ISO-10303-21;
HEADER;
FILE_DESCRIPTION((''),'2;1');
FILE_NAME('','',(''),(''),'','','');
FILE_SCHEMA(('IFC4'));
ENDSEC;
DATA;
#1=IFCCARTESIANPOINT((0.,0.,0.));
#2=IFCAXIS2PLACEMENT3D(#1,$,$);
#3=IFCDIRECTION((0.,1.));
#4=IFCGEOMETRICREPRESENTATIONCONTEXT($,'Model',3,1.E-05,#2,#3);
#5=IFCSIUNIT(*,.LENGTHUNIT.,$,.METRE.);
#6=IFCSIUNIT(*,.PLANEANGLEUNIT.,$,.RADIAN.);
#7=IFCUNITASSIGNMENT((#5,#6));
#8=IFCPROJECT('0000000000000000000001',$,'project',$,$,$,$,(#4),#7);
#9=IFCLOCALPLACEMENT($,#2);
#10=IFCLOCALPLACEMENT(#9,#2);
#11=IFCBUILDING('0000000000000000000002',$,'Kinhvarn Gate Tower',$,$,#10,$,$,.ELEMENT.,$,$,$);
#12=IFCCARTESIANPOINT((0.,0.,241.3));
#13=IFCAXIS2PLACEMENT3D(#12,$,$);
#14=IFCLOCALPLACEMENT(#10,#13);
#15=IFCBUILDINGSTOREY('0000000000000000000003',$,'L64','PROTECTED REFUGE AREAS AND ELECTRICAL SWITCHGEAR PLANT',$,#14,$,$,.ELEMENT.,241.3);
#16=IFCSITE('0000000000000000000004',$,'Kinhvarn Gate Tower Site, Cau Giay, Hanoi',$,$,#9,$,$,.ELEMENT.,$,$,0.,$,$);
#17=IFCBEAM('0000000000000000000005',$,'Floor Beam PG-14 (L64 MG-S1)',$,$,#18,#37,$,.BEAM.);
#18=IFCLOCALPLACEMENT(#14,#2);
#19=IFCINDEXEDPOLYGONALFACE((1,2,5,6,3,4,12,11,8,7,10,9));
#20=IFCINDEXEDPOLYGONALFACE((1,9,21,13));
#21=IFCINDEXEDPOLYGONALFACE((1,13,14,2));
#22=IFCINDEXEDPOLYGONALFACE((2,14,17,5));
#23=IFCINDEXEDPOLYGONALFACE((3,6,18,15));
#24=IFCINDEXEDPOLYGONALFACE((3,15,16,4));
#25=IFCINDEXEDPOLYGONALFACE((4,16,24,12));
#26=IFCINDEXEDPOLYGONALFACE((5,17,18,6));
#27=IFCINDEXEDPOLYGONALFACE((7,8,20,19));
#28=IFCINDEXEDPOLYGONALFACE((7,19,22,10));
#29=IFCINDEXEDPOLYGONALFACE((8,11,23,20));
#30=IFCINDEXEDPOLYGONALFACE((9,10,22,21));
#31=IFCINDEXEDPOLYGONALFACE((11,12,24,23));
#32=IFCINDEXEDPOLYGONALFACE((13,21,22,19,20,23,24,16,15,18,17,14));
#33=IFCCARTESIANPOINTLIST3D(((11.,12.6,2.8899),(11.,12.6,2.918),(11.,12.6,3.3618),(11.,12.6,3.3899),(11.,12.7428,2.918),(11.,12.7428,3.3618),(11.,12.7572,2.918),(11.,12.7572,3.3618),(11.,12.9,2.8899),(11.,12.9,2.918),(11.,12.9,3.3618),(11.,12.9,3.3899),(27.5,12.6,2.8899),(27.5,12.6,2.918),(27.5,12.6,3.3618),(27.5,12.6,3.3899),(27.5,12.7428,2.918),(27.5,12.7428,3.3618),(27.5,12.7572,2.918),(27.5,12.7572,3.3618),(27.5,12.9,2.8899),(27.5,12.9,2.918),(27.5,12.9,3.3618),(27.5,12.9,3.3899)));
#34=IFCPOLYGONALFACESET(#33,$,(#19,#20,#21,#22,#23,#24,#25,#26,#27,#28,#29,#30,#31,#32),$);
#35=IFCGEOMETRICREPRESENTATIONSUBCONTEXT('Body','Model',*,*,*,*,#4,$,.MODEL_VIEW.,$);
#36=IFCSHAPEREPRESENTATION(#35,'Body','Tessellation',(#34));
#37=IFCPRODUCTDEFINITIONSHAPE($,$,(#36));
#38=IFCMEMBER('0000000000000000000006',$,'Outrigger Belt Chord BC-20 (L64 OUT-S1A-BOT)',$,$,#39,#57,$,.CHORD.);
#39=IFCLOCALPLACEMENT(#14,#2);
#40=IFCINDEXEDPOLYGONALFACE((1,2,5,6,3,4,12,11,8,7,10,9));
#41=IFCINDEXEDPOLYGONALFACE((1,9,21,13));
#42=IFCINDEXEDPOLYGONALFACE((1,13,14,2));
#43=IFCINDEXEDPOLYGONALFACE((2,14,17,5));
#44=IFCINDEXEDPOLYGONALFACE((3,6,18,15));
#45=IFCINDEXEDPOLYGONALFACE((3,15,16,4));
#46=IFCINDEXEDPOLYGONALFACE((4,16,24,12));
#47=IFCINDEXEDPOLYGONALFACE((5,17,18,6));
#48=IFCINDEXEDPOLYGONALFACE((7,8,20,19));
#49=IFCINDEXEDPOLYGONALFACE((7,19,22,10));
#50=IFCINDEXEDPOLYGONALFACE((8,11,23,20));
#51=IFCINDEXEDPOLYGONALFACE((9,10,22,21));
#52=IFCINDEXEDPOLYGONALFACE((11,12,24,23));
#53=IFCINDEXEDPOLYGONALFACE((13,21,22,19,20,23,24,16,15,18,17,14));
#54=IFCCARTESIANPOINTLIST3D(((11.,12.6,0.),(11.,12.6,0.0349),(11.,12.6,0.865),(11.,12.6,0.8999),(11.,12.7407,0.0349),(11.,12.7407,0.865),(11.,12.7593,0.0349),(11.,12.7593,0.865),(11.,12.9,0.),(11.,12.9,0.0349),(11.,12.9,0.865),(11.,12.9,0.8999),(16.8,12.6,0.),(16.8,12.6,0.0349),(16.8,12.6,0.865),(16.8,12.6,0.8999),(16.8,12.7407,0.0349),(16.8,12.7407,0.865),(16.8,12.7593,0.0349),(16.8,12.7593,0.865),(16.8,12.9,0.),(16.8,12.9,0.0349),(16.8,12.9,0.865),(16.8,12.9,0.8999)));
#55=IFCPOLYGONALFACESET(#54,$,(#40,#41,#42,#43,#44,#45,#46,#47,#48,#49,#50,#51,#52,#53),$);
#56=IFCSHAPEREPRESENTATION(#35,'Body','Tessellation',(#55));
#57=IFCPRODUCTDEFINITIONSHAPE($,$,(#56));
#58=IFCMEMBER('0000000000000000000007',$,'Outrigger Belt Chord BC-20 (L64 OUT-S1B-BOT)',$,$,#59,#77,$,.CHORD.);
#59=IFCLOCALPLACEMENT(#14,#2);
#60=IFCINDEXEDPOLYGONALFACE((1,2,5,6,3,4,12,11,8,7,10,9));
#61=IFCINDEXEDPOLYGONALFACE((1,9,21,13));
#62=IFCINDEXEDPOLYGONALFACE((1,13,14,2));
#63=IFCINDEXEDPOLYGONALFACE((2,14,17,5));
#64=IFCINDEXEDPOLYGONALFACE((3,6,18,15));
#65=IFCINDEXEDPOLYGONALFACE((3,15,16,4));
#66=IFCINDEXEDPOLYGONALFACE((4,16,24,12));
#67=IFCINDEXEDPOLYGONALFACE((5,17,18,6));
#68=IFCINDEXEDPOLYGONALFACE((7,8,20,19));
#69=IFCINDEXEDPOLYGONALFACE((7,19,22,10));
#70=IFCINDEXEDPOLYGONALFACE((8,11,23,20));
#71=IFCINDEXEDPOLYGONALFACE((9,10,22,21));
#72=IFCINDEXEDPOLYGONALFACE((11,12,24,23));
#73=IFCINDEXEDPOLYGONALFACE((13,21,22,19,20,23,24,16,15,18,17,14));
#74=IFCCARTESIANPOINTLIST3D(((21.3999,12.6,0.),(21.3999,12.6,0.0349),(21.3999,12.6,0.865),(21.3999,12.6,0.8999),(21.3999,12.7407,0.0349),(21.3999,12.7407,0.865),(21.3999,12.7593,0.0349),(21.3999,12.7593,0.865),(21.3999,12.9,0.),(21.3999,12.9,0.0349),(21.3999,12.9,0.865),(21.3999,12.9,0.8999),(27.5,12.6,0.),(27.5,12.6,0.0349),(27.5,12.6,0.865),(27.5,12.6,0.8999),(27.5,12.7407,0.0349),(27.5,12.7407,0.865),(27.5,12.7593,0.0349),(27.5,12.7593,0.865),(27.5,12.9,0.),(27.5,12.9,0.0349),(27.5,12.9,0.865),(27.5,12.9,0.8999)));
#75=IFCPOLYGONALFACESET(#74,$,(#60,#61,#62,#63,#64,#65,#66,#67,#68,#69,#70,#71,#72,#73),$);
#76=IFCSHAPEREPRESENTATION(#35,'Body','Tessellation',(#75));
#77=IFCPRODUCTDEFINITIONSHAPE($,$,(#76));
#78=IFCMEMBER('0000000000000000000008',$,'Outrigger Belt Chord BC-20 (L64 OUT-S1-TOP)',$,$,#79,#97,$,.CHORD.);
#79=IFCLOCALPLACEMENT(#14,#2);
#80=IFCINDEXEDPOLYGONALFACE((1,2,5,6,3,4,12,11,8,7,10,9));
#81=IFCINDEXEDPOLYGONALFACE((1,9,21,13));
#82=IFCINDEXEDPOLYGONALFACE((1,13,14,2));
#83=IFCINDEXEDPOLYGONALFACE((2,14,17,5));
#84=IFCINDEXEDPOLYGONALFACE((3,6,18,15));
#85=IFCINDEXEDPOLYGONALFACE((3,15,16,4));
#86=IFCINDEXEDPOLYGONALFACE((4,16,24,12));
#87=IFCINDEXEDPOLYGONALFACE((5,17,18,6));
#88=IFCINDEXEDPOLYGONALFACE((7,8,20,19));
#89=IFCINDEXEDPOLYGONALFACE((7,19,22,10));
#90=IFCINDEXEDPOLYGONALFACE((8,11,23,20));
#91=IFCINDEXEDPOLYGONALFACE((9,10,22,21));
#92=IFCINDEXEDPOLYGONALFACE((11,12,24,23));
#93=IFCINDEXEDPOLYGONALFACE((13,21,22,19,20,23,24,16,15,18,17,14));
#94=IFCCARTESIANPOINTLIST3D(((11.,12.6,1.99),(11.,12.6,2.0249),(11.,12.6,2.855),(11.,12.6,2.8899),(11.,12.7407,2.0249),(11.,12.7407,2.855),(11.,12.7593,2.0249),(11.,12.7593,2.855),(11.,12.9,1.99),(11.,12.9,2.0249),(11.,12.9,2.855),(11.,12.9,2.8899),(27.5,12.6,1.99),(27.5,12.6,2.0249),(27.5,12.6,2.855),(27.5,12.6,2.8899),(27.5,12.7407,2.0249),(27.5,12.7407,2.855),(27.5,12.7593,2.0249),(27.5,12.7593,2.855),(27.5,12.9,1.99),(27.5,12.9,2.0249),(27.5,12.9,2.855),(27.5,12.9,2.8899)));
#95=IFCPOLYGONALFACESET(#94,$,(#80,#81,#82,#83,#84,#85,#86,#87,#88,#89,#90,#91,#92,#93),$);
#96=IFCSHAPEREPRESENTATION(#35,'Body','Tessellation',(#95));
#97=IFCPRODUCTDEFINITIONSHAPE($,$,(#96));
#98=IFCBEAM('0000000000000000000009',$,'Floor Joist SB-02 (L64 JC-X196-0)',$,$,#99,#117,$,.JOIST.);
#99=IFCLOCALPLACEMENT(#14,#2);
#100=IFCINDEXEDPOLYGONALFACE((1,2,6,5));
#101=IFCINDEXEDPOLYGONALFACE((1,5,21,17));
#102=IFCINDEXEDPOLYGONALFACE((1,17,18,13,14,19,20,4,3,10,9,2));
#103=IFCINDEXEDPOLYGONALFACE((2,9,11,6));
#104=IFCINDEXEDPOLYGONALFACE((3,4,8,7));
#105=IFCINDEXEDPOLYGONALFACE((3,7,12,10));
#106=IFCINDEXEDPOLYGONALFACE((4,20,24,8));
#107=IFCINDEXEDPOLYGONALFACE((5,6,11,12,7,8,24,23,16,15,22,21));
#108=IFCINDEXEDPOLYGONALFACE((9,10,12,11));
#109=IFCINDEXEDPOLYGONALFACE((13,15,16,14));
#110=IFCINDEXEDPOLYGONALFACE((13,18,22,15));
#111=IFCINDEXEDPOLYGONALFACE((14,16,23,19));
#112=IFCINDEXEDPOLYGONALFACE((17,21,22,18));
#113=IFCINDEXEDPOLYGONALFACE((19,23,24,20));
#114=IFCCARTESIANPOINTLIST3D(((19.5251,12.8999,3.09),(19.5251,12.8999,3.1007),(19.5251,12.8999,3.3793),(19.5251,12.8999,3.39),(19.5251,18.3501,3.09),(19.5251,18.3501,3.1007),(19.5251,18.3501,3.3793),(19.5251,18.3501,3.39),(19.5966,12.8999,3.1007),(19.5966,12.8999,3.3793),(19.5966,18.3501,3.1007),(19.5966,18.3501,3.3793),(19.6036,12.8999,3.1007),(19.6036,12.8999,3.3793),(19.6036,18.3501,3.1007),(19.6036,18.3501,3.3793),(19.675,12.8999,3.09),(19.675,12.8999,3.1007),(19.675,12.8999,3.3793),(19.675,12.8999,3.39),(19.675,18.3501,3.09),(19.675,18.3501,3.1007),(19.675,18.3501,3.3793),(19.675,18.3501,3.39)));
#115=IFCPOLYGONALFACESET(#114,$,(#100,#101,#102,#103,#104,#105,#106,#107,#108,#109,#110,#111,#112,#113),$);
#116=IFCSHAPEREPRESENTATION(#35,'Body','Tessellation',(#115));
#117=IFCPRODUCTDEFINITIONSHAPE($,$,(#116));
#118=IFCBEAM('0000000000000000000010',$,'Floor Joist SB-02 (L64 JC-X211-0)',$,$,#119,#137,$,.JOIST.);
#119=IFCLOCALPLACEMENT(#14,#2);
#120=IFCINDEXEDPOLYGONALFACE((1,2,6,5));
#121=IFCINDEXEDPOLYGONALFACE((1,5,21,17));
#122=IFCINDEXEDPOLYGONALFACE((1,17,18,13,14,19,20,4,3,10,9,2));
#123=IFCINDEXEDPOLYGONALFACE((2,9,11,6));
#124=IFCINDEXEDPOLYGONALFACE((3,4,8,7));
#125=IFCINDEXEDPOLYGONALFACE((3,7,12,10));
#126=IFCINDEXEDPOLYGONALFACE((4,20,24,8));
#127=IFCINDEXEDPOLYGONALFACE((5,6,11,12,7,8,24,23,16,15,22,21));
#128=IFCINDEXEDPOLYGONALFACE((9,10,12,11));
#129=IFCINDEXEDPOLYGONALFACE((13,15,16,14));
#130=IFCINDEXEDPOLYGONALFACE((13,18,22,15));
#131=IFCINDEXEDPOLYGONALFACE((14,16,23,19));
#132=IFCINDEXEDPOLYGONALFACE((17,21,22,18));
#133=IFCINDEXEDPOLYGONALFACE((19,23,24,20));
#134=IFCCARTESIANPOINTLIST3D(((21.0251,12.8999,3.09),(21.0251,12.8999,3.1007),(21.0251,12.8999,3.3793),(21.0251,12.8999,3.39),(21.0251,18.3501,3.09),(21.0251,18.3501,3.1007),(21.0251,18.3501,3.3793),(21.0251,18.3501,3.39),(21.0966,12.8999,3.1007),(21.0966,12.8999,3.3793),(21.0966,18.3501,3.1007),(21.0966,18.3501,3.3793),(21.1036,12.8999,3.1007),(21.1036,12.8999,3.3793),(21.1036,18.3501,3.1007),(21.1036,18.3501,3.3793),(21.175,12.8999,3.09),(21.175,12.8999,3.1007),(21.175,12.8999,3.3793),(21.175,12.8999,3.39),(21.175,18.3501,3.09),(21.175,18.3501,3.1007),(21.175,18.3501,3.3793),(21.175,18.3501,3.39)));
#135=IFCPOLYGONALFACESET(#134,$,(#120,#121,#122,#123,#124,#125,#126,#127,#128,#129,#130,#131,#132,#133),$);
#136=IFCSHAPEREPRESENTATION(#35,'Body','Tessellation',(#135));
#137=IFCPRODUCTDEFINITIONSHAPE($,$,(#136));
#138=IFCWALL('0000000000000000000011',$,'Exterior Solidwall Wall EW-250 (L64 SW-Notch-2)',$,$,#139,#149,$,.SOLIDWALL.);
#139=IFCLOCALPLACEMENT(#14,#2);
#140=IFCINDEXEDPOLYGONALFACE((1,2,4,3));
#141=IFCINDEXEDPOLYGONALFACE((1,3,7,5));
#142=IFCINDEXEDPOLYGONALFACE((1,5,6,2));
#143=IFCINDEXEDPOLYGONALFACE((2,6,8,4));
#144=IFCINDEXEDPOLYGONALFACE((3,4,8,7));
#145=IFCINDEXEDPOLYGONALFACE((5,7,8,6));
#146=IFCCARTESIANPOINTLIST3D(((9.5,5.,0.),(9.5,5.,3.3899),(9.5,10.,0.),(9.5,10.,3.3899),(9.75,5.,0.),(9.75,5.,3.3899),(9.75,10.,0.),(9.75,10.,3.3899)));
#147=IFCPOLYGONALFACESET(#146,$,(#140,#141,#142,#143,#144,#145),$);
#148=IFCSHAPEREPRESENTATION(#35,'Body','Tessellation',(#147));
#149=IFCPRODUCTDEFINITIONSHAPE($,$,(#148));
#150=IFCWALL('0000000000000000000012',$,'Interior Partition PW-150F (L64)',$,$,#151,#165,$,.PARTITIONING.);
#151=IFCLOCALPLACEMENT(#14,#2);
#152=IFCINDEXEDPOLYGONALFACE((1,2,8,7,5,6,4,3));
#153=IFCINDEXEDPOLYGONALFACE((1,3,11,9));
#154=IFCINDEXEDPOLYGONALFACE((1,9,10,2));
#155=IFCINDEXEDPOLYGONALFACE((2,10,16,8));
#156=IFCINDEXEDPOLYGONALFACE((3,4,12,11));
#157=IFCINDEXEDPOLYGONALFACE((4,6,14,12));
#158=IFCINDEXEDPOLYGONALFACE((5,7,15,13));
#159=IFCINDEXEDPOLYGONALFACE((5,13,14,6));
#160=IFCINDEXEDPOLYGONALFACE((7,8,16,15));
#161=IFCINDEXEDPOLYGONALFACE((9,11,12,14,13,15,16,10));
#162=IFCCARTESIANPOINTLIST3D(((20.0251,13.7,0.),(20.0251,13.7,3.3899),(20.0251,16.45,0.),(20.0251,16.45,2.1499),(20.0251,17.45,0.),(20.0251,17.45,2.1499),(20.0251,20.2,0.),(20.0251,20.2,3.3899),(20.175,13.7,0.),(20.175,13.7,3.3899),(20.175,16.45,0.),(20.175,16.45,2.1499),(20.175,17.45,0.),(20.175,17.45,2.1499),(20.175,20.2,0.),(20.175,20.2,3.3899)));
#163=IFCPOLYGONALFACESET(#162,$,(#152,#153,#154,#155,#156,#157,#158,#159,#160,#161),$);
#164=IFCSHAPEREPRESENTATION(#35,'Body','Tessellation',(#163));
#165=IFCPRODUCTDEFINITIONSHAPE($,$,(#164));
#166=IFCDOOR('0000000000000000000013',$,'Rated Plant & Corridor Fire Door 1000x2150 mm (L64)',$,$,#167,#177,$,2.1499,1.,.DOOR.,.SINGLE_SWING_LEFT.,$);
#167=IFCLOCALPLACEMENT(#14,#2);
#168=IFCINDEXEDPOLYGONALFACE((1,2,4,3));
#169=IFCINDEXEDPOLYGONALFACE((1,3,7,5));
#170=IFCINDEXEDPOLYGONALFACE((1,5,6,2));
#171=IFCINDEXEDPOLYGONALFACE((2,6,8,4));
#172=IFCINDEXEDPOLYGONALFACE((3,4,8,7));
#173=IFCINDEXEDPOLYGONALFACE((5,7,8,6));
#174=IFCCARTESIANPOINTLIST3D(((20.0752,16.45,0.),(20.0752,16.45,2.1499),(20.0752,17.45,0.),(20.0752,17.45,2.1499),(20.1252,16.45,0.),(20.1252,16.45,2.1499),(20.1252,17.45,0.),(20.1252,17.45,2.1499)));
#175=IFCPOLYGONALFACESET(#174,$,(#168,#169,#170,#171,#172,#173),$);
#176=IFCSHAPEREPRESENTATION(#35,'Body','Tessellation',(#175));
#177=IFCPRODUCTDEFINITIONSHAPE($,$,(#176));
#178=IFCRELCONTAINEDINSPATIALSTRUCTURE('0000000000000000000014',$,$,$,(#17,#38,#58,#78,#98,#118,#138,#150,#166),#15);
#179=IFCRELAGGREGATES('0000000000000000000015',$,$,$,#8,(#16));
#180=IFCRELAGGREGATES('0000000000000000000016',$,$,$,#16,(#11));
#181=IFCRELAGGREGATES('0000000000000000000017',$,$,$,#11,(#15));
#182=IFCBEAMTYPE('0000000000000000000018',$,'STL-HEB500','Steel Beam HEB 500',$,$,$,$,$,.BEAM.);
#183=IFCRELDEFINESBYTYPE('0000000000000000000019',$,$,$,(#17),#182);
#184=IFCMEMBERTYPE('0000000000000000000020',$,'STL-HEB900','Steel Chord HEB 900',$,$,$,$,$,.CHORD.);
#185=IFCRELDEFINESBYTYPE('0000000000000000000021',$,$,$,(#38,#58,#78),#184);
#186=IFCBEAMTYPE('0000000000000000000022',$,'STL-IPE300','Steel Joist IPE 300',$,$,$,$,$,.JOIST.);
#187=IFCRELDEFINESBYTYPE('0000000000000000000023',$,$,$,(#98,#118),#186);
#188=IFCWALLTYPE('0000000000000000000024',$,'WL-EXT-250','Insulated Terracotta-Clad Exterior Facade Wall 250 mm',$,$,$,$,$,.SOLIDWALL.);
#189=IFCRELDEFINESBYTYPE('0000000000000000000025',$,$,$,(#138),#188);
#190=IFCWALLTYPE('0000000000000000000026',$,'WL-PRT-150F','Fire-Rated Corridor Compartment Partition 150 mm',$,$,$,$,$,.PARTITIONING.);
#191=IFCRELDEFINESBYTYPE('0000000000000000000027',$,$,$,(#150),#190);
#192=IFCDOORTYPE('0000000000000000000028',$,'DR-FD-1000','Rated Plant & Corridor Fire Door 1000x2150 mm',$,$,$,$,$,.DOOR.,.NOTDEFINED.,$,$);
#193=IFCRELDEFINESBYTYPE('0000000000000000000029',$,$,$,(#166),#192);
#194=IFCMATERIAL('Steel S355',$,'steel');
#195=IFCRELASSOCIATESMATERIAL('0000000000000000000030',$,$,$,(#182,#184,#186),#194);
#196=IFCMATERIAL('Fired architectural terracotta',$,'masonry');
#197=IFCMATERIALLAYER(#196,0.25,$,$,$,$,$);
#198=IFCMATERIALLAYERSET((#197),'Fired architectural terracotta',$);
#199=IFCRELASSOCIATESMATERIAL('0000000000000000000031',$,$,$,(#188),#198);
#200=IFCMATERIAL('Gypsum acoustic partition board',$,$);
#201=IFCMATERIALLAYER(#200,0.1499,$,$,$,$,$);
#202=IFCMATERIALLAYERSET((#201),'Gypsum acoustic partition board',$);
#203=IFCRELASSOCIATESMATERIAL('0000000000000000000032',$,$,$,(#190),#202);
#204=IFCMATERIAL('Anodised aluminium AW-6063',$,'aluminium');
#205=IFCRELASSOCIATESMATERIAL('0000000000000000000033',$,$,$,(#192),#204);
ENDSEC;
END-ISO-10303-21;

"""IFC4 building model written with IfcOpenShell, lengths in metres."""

from ifc_helpers import new_model, si_unit, direction, frame, frame_2d, origin, origin_2d, place, context, subcontext, project, spatial, rectangle, i_section, extrude, material, layer, layer_set, material_profile, profile_set, type_object, element, fill, save


model = new_model("IFC4")

# Units and contexts
model_context = context("Model", 3, precision=1e-05, world=origin(), true_north=direction((0.0, 1.0)))
body_context = subcontext(model_context, "Body", "Model", "MODEL_VIEW")
ifc_project = project(units=[si_unit("LENGTHUNIT", "METRE"), si_unit("PLANEANGLEUNIT", "RADIAN")], contexts=[model_context])

# Site, building, storey
site_placement = place(None, origin())
site = spatial("IfcSite", under=ifc_project, at=site_placement, Name="Kinhvarn Gate Tower Site, Cau Giay, Hanoi", CompositionType="ELEMENT", RefElevation=0.0)
building_placement = place(site_placement, origin())
building = spatial("IfcBuilding", under=site, at=building_placement, Name="Kinhvarn Gate Tower", CompositionType="ELEMENT")
storey_placement = place(building_placement, frame((0.0, 0.0, 241.3)))
storey = spatial("IfcBuildingStorey", under=building, at=storey_placement, Name="L64", Description="PROTECTED REFUGE AREAS AND ELECTRICAL SWITCHGEAR PLANT", CompositionType="ELEMENT", Elevation=241.3)

# Shared definitions
ifc_material_1 = material(Name="Steel S355", Category="steel")

# Beam
ifc_material_profile_1 = material_profile(ifc_material_1, i_section(OverallWidth=0.3, OverallDepth=0.5, WebThickness=0.0144, FlangeThickness=0.0281, at=origin_2d()), Name="HEB 500")
ifc_profile_set_1 = profile_set([ifc_material_profile_1], Name="Steel S355")
beam_type_1 = type_object("IfcBeamType", Name="STL-HEB500", Description="Steel Beam HEB 500", PredefinedType="BEAM", material=ifc_profile_set_1)
beam_1_placement = place(storey_placement, frame((11.0, 12.75, 3.1399), z_axis=(1.0, 0.0, 0.0), x_axis=(0.0, 1.0, 0.0)))
element("IfcBeam", 1, at=beam_1_placement, inside=storey, type_object=beam_type_1, Name="Floor Beam PG-14 (L64 MG-S1)", PredefinedType="BEAM", context=body_context, shape_type="SweptSolid", body=[
    extrude(i_section(OverallWidth=0.3, OverallDepth=0.5, WebThickness=0.0144, FlangeThickness=0.0281, at=origin_2d()), origin(), (0.0, 0.0, 1.0), 16.5),
])

# Members
ifc_material_profile_2 = material_profile(ifc_material_1, i_section(OverallWidth=0.3, OverallDepth=0.8999, WebThickness=0.0186, FlangeThickness=0.0349, at=origin_2d()), Name="HEB 900")
ifc_profile_set_2 = profile_set([ifc_material_profile_2], Name="Steel S355")
member_type_1 = type_object("IfcMemberType", Name="STL-HEB900", Description="Steel Chord HEB 900", PredefinedType="CHORD", material=ifc_profile_set_2)
member_1_placement = place(storey_placement, frame((11.0, 12.75, 0.45), z_axis=(1.0, 0.0, 0.0), x_axis=(0.0, 1.0, 0.0)))
element("IfcMember", 2, at=member_1_placement, inside=storey, type_object=member_type_1, Name="Outrigger Belt Chord BC-20 (L64 OUT-S1A-BOT)", PredefinedType="CHORD", context=body_context, shape_type="SweptSolid", body=[
    extrude(i_section(OverallWidth=0.3, OverallDepth=0.8999, WebThickness=0.0186, FlangeThickness=0.0349, at=origin_2d()), origin(), (0.0, 0.0, 1.0), 5.8),
])
member_2_placement = place(storey_placement, frame((21.3999, 12.75, 0.45), z_axis=(1.0, 0.0, 0.0), x_axis=(0.0, 1.0, 0.0)))
element("IfcMember", 3, at=member_2_placement, inside=storey, type_object=member_type_1, Name="Outrigger Belt Chord BC-20 (L64 OUT-S1B-BOT)", PredefinedType="CHORD", context=body_context, shape_type="SweptSolid", body=[
    extrude(i_section(OverallWidth=0.3, OverallDepth=0.8999, WebThickness=0.0186, FlangeThickness=0.0349, at=origin_2d()), origin(), (0.0, 0.0, 1.0), 6.1001),
])
member_3_placement = place(storey_placement, frame((11.0, 12.75, 2.4399), z_axis=(1.0, 0.0, 0.0), x_axis=(0.0, 1.0, 0.0)))
element("IfcMember", 4, at=member_3_placement, inside=storey, type_object=member_type_1, Name="Outrigger Belt Chord BC-20 (L64 OUT-S1-TOP)", PredefinedType="CHORD", context=body_context, shape_type="SweptSolid", body=[
    extrude(i_section(OverallWidth=0.3, OverallDepth=0.8999, WebThickness=0.0186, FlangeThickness=0.0349, at=origin_2d()), origin(), (0.0, 0.0, 1.0), 16.5),
])

# Beams
ifc_material_profile_3 = material_profile(ifc_material_1, i_section(OverallWidth=0.1499, OverallDepth=0.3, WebThickness=0.0071, FlangeThickness=0.0107, at=origin_2d()), Name="IPE 300")
ifc_profile_set_3 = profile_set([ifc_material_profile_3], Name="Steel S355")
beam_type_2 = type_object("IfcBeamType", Name="STL-IPE300", Description="Steel Joist IPE 300", PredefinedType="JOIST", material=ifc_profile_set_3)
for number, where, z_axis, x_axis, name in (
    (5, (19.6001, 12.8999, 3.24), (0.0, 1.0, 0.0), (-1.0, 0.0, 0.0), "Floor Joist SB-02 (L64 JC-X196-0)"),
    (6, (21.1001, 12.8999, 3.24), (0.0, 1.0, 0.0), (-1.0, 0.0, 0.0), "Floor Joist SB-02 (L64 JC-X211-0)"),
):
    element("IfcBeam", number, at=place(storey_placement, frame(where, z_axis=z_axis, x_axis=x_axis)), inside=storey, type_object=beam_type_2, Name=name, PredefinedType="JOIST", context=body_context, shape_type="SweptSolid", body=[
        extrude(i_section(OverallWidth=0.1499, OverallDepth=0.3, WebThickness=0.0071, FlangeThickness=0.0107, at=origin_2d()), origin(), (0.0, 0.0, 1.0), 5.4502),
    ])

# Shared definitions
ifc_material_2 = material(Name="Anodised aluminium AW-6063", Category="aluminium")

# Wall
ifc_material_3 = material(Name="Fired architectural terracotta", Category="masonry")
ifc_layer_1 = layer(ifc_material_3, 0.25)
ifc_layer_set_1 = layer_set([ifc_layer_1], Name="Fired architectural terracotta")
wall_type_1 = type_object("IfcWallType", Name="WL-EXT-250", Description="Insulated Terracotta-Clad Exterior Facade Wall 250 mm", PredefinedType="SOLIDWALL", material=ifc_layer_set_1)
wall_1_placement = place(storey_placement, frame((9.625, 10.0, 0.0), z_axis=(0.0, 0.0, 1.0), x_axis=(0.0, -1.0, 0.0)))
element("IfcWall", 7, at=wall_1_placement, inside=storey, type_object=wall_type_1, Name="Exterior Solidwall Wall EW-250 (L64 SW-Notch-2)", PredefinedType="SOLIDWALL", context=body_context, shape_type="SweptSolid", body=[
    extrude(rectangle(XDim=5.0, YDim=0.25, at=frame_2d((2.5, 0.0))), origin(), (0.0, 0.0, 1.0), 3.3899),
])

# Wall, opening, door
ifc_material_4 = material(Name="Gypsum acoustic partition board")
ifc_layer_2 = layer(ifc_material_4, 0.1499)
ifc_layer_set_2 = layer_set([ifc_layer_2], Name="Gypsum acoustic partition board")
wall_type_2 = type_object("IfcWallType", Name="WL-PRT-150F", Description="Fire-Rated Corridor Compartment Partition 150 mm", PredefinedType="PARTITIONING", material=ifc_layer_set_2)
wall_2_placement = place(storey_placement, frame((20.1001, 13.7, 0.0), z_axis=(0.0, 0.0, 1.0), x_axis=(0.0, 1.0, 0.0)))
wall_2 = element("IfcWall", 8, at=wall_2_placement, inside=storey, type_object=wall_type_2, Name="Interior Partition PW-150F (L64)", PredefinedType="PARTITIONING", context=body_context, shape_type="SweptSolid", body=[
    extrude(rectangle(XDim=6.5, YDim=0.1499, at=frame_2d((3.25, 0.0))), origin(), (0.0, 0.0, 1.0), 3.3899),
])
opening_1_placement = place(wall_2_placement, frame((2.75, 0.0, 0.0)))
opening_1 = element("IfcOpeningElement", 9, at=opening_1_placement, cuts=wall_2, PredefinedType="OPENING", context=body_context, shape_type="SweptSolid", body=[
    extrude(rectangle(XDim=1.0, YDim=2.1499, at=frame_2d((0.5, 1.075))), frame((0.0, 0.085, 0.0), z_axis=(0.0, -1.0, 0.0), x_axis=(1.0, 0.0, 0.0)), (0.0, 0.0, 1.0), 0.1699),
])
door_type_1 = type_object("IfcDoorType", Name="DR-FD-1000", Description="Rated Plant & Corridor Fire Door 1000x2150 mm", OperationType="NOTDEFINED", PredefinedType="DOOR", material=ifc_material_2)
door_1_placement = place(opening_1_placement, origin())
door_1 = element("IfcDoor", 10, at=door_1_placement, inside=storey, type_object=door_type_1, Name="Rated Plant & Corridor Fire Door 1000x2150 mm (L64)", OperationType="SINGLE_SWING_LEFT", OverallHeight=2.1499, OverallWidth=1.0, PredefinedType="DOOR", context=body_context, shape_type="SweptSolid", body=[
    extrude(rectangle(XDim=1.0, YDim=2.1499, at=frame_2d((0.5, 1.075))), frame((0.0, 0.0249, 0.0), z_axis=(0.0, -1.0, 0.0), x_axis=(1.0, 0.0, 0.0)), (0.0, 0.0, 1.0), 0.05),
])
fill(opening_1, door_1)

save(model, "model.ifc")
